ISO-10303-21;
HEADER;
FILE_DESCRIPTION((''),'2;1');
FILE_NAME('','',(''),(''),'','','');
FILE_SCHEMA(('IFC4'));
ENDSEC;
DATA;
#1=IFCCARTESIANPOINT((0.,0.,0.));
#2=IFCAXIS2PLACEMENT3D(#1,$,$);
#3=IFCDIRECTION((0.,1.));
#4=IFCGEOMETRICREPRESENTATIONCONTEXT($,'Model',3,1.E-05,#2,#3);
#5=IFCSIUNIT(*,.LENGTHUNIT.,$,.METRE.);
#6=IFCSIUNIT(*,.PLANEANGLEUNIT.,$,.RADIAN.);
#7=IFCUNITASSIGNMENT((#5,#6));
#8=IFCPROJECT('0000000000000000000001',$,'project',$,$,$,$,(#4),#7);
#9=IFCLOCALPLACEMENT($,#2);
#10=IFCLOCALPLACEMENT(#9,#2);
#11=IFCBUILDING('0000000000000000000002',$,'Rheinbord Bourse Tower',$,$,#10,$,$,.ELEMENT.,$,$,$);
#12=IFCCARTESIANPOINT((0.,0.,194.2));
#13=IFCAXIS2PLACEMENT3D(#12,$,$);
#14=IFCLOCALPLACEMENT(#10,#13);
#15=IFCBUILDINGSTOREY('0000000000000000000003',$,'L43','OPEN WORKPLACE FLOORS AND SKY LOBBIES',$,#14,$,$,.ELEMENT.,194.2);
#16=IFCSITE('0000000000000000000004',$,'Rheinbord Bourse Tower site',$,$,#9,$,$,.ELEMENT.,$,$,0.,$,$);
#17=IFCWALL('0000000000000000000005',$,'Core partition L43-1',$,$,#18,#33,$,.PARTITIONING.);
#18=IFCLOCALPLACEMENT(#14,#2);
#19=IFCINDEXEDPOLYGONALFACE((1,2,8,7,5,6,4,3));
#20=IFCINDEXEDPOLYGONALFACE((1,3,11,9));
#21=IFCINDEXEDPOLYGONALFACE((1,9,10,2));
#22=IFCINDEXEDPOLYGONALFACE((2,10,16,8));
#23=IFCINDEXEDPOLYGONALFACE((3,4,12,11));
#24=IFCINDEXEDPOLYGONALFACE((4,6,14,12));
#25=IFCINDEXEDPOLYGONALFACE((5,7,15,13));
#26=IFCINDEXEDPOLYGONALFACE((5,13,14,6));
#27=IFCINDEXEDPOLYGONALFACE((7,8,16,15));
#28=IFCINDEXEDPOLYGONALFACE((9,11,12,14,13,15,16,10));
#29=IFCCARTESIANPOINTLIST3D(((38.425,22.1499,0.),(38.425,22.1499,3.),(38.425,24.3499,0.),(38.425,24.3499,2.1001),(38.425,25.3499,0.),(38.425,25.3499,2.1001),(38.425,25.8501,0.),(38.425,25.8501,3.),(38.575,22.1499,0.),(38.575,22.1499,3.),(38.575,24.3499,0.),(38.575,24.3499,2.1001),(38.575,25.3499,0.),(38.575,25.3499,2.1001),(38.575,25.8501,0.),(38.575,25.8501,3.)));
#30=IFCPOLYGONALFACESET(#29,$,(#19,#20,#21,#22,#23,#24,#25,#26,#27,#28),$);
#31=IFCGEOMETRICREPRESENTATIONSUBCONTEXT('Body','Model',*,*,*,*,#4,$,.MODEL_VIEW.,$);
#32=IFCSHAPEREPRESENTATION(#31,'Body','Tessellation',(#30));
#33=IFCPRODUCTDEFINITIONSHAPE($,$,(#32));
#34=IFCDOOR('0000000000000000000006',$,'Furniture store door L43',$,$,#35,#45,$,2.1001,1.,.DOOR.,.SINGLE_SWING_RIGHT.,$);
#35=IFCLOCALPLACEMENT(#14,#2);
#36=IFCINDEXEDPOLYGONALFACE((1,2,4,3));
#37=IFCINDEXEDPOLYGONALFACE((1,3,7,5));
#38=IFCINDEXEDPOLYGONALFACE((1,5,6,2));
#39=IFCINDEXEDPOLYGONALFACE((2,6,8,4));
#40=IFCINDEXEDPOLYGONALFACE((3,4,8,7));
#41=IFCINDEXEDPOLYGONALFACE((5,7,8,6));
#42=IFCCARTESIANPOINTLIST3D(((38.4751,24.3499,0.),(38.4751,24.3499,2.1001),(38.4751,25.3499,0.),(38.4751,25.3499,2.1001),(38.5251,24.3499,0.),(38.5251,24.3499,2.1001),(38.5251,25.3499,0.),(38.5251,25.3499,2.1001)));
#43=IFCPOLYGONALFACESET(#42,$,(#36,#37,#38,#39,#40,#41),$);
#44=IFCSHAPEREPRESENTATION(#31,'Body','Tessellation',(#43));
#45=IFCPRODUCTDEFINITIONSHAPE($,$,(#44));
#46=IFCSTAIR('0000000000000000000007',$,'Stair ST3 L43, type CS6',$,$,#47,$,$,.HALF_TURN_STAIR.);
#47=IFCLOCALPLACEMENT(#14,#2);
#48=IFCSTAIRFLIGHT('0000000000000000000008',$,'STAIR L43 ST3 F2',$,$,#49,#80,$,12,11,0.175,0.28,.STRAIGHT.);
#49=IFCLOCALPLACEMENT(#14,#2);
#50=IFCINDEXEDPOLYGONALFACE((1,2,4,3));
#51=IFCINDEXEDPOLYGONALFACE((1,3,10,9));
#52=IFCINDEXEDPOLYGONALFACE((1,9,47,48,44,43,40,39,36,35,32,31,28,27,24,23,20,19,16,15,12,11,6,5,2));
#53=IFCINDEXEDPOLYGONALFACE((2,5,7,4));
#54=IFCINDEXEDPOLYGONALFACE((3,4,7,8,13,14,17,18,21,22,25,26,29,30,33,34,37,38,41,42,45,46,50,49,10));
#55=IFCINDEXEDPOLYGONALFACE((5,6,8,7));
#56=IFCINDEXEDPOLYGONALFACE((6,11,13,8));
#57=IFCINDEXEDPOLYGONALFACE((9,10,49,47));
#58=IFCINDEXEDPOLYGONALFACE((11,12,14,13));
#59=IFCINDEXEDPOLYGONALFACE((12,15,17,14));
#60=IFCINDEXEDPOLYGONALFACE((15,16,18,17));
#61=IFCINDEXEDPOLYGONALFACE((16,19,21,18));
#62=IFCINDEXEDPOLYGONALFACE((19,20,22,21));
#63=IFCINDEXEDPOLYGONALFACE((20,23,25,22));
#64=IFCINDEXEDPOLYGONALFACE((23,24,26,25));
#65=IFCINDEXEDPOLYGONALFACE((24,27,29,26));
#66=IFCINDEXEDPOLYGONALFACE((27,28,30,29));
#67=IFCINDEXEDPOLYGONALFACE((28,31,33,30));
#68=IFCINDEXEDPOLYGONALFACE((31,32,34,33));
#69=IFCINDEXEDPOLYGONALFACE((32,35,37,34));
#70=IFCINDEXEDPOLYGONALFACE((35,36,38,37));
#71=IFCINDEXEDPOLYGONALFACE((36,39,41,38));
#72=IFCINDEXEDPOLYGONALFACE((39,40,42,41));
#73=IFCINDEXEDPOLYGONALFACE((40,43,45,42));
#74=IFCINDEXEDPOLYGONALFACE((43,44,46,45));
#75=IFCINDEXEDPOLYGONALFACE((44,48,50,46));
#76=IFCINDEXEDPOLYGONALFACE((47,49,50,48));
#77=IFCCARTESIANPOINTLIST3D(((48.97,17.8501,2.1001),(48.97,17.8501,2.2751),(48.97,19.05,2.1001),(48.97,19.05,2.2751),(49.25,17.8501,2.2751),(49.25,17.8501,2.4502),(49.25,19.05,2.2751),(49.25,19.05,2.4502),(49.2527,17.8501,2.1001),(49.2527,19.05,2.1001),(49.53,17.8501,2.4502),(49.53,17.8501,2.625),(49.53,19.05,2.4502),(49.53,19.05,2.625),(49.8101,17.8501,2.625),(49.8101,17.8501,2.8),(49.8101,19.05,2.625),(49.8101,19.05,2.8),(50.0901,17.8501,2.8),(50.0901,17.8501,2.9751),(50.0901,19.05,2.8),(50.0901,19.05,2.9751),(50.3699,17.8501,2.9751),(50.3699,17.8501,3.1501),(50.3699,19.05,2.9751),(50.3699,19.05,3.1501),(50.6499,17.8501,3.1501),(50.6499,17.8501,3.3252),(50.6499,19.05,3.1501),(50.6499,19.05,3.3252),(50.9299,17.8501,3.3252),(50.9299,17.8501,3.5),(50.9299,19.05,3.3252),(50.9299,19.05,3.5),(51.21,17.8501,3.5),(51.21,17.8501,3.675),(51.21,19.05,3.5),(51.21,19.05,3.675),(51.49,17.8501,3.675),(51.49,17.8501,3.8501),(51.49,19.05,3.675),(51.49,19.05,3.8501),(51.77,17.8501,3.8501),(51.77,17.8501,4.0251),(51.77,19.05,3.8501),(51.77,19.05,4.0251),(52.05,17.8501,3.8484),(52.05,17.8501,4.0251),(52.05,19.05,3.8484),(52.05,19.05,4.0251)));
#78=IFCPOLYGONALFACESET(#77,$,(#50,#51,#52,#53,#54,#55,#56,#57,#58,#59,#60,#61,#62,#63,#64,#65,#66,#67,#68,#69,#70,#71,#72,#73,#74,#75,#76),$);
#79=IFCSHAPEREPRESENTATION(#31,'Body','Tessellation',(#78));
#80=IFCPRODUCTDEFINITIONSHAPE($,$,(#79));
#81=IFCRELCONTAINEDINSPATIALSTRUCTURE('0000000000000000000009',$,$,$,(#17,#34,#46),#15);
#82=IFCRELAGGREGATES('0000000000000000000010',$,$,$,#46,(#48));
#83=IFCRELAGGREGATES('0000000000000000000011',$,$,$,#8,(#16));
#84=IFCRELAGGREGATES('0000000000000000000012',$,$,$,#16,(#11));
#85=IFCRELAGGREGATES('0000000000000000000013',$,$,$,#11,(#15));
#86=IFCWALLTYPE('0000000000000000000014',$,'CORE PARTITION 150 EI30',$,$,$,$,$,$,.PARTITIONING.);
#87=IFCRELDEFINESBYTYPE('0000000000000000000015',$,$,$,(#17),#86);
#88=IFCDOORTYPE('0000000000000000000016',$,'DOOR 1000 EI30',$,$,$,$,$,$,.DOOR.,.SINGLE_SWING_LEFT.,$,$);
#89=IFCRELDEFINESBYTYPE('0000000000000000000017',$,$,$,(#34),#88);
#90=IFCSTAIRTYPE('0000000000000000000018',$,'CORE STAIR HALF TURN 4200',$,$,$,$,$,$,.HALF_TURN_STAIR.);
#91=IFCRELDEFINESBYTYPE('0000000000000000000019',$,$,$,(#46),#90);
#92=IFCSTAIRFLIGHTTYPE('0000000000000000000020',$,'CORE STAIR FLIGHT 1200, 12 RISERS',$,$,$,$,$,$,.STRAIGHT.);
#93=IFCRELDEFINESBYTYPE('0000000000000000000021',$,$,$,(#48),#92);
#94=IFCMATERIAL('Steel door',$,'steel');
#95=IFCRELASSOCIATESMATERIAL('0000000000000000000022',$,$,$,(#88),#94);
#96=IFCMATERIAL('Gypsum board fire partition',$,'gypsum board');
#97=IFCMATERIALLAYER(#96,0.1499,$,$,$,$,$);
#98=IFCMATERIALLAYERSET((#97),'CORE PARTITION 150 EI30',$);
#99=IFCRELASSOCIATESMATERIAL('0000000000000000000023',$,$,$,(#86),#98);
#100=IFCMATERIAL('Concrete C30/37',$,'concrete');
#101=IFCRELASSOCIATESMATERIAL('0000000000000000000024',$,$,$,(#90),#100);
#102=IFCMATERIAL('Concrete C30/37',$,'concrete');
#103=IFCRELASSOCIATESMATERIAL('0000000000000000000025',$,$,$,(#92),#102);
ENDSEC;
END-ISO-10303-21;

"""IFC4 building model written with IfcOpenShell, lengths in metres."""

from ifc_helpers import new_model, si_unit, direction, frame, frame_2d, origin, place, context, subcontext, project, spatial, polyline, rectangle, outline, extrude, material, layer, layer_set, type_object, element, fill, aggregate, save


model = new_model("IFC4")

# Units and contexts
model_context = context("Model", 3, precision=1e-05, world=origin(), true_north=direction((0.0, 1.0)))
body_context = subcontext(model_context, "Body", "Model", "MODEL_VIEW")
ifc_project = project(units=[si_unit("LENGTHUNIT", "METRE"), si_unit("PLANEANGLEUNIT", "RADIAN")], contexts=[model_context])

# Site, building, storey
site_placement = place(None, origin())
site = spatial("IfcSite", under=ifc_project, at=site_placement, Name="Rheinbord Bourse Tower site", CompositionType="ELEMENT", RefElevation=0.0)
building_placement = place(site_placement, origin())
building = spatial("IfcBuilding", under=site, at=building_placement, Name="Rheinbord Bourse Tower", CompositionType="ELEMENT")
storey_placement = place(building_placement, frame((0.0, 0.0, 194.2)))
storey = spatial("IfcBuildingStorey", under=building, at=storey_placement, Name="L43", Description="OPEN WORKPLACE FLOORS AND SKY LOBBIES", CompositionType="ELEMENT", Elevation=194.2)

# Shared definitions
ifc_material_1 = material(Name="Steel door", Category="steel")
door_type_1 = type_object("IfcDoorType", Name="DOOR 1000 EI30", OperationType="SINGLE_SWING_LEFT", PredefinedType="DOOR", material=ifc_material_1)

# Wall, opening, door
ifc_material_2 = material(Name="Gypsum board fire partition", Category="gypsum board")
ifc_layer_1 = layer(ifc_material_2, 0.1499)
ifc_layer_set_1 = layer_set([ifc_layer_1], Name="CORE PARTITION 150 EI30")
wall_type_1 = type_object("IfcWallType", Name="CORE PARTITION 150 EI30", PredefinedType="PARTITIONING", material=ifc_layer_set_1)
wall_1_placement = place(storey_placement, frame((38.5, 22.1499, 0.0), z_axis=(0.0, 0.0, 1.0), x_axis=(0.0, 1.0, 0.0)))
wall_1 = element("IfcWall", 1, at=wall_1_placement, inside=storey, type_object=wall_type_1, Name="Core partition L43-1", PredefinedType="PARTITIONING", context=body_context, shape_type="SweptSolid", body=[
    extrude(rectangle(XDim=3.7002, YDim=0.1499, at=frame_2d((1.8501, 0.0))), origin(), (0.0, 0.0, 1.0), 3.0),
])
opening_1_placement = place(wall_1_placement, frame((2.2, 0.0, 0.0)))
opening_1 = element("IfcOpeningElement", 2, at=opening_1_placement, cuts=wall_1, PredefinedType="OPENING", context=body_context, shape_type="SweptSolid", body=[
    extrude(rectangle(XDim=1.0, YDim=2.1001, at=frame_2d((0.5, 1.05))), frame((0.0, 0.085, 0.0), z_axis=(0.0, -1.0, 0.0), x_axis=(1.0, 0.0, 0.0)), (0.0, 0.0, 1.0), 0.1699),
])
door_1_placement = place(opening_1_placement, origin())
door_1 = element("IfcDoor", 3, at=door_1_placement, inside=storey, type_object=door_type_1, Name="Furniture store door L43", OperationType="SINGLE_SWING_RIGHT", OverallHeight=2.1001, OverallWidth=1.0, PredefinedType="DOOR", context=body_context, shape_type="SweptSolid", body=[
    extrude(rectangle(XDim=1.0, YDim=2.1001, at=frame_2d((0.5, 1.05))), frame((0.0, 0.0249, 0.0), z_axis=(0.0, -1.0, 0.0), x_axis=(1.0, 0.0, 0.0)), (0.0, 0.0, 1.0), 0.05),
])
fill(opening_1, door_1)

# Stair, stair flight
ifc_material_3 = material(Name="Concrete C30/37", Category="concrete")
stair_type = type_object("IfcStairType", Name="CORE STAIR HALF TURN 4200", PredefinedType="HALF_TURN_STAIR", material=ifc_material_3)
stair_placement = place(storey_placement, origin())
stair = element("IfcStair", 4, at=stair_placement, inside=storey, type_object=stair_type, Name="Stair ST3 L43, type CS6", PredefinedType="HALF_TURN_STAIR")
ifc_material_4 = material(Name="Concrete C30/37", Category="concrete")
stair_flight_type = type_object("IfcStairFlightType", Name="CORE STAIR FLIGHT 1200, 12 RISERS", PredefinedType="STRAIGHT", material=ifc_material_4)
stair_flight_placement = place(storey_placement, frame((48.97, 18.45, 2.1001), z_axis=(0.0, 0.0, 1.0), x_axis=(1.0, 0.0, 0.0)))
stair_flight = element("IfcStairFlight", 5, at=stair_flight_placement, type_object=stair_flight_type, Name="STAIR L43 ST3 F2", NumberOfRisers=12, NumberOfTreads=11, PredefinedType="STRAIGHT", RiserHeight=0.175, TreadLength=0.28, context=body_context, shape_type="SweptSolid", body=[
    extrude(outline(polyline([(0.0, 0.0), (0.0, 0.175), (0.28, 0.175), (0.28, 0.3501), (0.5601, 0.3501), (0.5601, 0.5249), (0.8401, 0.5249), (0.8401, 0.7), (1.1201, 0.7), (1.1201, 0.875), (1.3999, 0.875), (1.3999, 1.05), (1.6799, 1.05), (1.6799, 1.2251), (1.96, 1.2251), (1.96, 1.3999), (2.24, 1.3999), (2.24, 1.575), (2.52, 1.575), (2.52, 1.75), (2.8, 1.75), (2.8, 1.925), (3.0801, 1.925), (3.0801, 2.1001), (3.0801, 1.7483), (0.2827, 0.0), (0.0, 0.0)])), frame((0.0, 0.6001, 0.0), z_axis=(0.0, -1.0, 0.0), x_axis=(1.0, 0.0, 0.0)), (0.0, 0.0, 1.0), 1.2),
])
aggregate(stair, [stair_flight])

save(model, "model.ifc")
